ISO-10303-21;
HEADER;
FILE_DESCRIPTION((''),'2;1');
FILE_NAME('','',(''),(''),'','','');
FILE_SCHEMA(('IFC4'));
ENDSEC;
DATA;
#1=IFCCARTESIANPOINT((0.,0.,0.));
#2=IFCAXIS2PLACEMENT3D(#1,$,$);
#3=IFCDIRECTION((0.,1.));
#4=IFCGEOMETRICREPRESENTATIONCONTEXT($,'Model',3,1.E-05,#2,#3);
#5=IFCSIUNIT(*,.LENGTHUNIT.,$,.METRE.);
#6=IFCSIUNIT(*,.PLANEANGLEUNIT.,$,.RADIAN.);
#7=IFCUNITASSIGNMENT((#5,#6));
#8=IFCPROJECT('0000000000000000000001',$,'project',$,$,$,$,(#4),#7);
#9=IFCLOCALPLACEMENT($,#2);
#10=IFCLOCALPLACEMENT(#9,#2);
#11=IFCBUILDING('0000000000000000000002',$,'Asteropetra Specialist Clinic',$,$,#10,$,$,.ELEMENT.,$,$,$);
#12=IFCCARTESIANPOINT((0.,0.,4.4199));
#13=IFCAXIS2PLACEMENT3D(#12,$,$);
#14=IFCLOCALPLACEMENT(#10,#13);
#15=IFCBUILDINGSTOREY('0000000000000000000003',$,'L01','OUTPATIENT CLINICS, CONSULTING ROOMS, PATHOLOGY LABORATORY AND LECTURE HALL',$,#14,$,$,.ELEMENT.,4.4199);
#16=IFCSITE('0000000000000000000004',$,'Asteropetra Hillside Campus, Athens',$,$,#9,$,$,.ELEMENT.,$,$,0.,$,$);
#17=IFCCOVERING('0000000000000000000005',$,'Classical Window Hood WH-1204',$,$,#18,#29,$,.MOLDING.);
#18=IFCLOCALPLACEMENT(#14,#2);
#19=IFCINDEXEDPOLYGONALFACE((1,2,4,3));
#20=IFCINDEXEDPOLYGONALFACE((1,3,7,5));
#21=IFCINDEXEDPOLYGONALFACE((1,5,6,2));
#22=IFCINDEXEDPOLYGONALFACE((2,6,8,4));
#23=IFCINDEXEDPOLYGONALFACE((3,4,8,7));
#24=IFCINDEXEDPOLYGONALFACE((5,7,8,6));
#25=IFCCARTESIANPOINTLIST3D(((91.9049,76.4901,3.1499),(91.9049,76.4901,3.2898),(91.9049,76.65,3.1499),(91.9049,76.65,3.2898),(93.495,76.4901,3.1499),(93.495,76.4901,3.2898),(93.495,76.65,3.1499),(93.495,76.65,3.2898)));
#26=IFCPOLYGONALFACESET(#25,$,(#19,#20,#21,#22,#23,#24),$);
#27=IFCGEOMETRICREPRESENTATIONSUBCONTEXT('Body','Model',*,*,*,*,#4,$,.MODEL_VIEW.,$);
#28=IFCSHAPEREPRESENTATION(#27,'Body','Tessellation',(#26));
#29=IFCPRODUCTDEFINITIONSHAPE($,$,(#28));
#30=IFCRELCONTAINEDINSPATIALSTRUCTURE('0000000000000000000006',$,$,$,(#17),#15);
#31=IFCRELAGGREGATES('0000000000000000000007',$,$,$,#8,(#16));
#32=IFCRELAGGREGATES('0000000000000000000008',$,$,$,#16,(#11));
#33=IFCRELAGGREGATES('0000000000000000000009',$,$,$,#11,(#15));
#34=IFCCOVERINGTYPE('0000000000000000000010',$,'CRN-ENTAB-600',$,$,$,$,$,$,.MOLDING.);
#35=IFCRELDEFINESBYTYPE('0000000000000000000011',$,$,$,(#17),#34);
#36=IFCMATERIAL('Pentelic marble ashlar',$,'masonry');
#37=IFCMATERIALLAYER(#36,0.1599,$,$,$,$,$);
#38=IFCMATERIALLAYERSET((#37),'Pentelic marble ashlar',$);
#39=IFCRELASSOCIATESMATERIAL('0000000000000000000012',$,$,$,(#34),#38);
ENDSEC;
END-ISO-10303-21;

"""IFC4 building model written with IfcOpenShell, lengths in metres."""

from ifc_helpers import new_model, si_unit, direction, frame, origin, origin_2d, place, context, subcontext, project, spatial, rectangle, extrude, material, layer, layer_set, type_object, element, save


model = new_model("IFC4")

# Units and contexts
model_context = context("Model", 3, precision=1e-05, world=origin(), true_north=direction((0.0, 1.0)))
body_context = subcontext(model_context, "Body", "Model", "MODEL_VIEW")
ifc_project = project(units=[si_unit("LENGTHUNIT", "METRE"), si_unit("PLANEANGLEUNIT", "RADIAN")], contexts=[model_context])

# Site, building, storey
site_placement = place(None, origin())
site = spatial("IfcSite", under=ifc_project, at=site_placement, Name="Asteropetra Hillside Campus, Athens", CompositionType="ELEMENT", RefElevation=0.0)
building_placement = place(site_placement, origin())
building = spatial("IfcBuilding", under=site, at=building_placement, Name="Asteropetra Specialist Clinic", CompositionType="ELEMENT")
storey_placement = place(building_placement, frame((0.0, 0.0, 4.4199)))
storey = spatial("IfcBuildingStorey", under=building, at=storey_placement, Name="L01", Description="OUTPATIENT CLINICS, CONSULTING ROOMS, PATHOLOGY LABORATORY AND LECTURE HALL", CompositionType="ELEMENT", Elevation=4.4199)

# Covering
ifc_material_1 = material(Name="Pentelic marble ashlar", Category="masonry")
ifc_layer_1 = layer(ifc_material_1, 0.1599)
ifc_layer_set_1 = layer_set([ifc_layer_1], Name="Pentelic marble ashlar")
covering_type_1 = type_object("IfcCoveringType", Name="CRN-ENTAB-600", PredefinedType="MOLDING", material=ifc_layer_set_1)
for number, where, z_axis, x_axis, name in (
    (1, (92.7, 76.5701, 3.1499), (0.0, 0.0, 1.0), (1.0, 0.0, 0.0), "Classical Window Hood WH-1204"),
):
    element("IfcCovering", number, at=place(storey_placement, frame(where, z_axis=z_axis, x_axis=x_axis)), inside=storey, type_object=covering_type_1, Name=name, PredefinedType="MOLDING", context=body_context, shape_type="SweptSolid", body=[
        extrude(rectangle(XDim=1.5901, YDim=0.1599, at=origin_2d()), origin(), (0.0, 0.0, 1.0), 0.1399),
    ])

save(model, "model.ifc")
